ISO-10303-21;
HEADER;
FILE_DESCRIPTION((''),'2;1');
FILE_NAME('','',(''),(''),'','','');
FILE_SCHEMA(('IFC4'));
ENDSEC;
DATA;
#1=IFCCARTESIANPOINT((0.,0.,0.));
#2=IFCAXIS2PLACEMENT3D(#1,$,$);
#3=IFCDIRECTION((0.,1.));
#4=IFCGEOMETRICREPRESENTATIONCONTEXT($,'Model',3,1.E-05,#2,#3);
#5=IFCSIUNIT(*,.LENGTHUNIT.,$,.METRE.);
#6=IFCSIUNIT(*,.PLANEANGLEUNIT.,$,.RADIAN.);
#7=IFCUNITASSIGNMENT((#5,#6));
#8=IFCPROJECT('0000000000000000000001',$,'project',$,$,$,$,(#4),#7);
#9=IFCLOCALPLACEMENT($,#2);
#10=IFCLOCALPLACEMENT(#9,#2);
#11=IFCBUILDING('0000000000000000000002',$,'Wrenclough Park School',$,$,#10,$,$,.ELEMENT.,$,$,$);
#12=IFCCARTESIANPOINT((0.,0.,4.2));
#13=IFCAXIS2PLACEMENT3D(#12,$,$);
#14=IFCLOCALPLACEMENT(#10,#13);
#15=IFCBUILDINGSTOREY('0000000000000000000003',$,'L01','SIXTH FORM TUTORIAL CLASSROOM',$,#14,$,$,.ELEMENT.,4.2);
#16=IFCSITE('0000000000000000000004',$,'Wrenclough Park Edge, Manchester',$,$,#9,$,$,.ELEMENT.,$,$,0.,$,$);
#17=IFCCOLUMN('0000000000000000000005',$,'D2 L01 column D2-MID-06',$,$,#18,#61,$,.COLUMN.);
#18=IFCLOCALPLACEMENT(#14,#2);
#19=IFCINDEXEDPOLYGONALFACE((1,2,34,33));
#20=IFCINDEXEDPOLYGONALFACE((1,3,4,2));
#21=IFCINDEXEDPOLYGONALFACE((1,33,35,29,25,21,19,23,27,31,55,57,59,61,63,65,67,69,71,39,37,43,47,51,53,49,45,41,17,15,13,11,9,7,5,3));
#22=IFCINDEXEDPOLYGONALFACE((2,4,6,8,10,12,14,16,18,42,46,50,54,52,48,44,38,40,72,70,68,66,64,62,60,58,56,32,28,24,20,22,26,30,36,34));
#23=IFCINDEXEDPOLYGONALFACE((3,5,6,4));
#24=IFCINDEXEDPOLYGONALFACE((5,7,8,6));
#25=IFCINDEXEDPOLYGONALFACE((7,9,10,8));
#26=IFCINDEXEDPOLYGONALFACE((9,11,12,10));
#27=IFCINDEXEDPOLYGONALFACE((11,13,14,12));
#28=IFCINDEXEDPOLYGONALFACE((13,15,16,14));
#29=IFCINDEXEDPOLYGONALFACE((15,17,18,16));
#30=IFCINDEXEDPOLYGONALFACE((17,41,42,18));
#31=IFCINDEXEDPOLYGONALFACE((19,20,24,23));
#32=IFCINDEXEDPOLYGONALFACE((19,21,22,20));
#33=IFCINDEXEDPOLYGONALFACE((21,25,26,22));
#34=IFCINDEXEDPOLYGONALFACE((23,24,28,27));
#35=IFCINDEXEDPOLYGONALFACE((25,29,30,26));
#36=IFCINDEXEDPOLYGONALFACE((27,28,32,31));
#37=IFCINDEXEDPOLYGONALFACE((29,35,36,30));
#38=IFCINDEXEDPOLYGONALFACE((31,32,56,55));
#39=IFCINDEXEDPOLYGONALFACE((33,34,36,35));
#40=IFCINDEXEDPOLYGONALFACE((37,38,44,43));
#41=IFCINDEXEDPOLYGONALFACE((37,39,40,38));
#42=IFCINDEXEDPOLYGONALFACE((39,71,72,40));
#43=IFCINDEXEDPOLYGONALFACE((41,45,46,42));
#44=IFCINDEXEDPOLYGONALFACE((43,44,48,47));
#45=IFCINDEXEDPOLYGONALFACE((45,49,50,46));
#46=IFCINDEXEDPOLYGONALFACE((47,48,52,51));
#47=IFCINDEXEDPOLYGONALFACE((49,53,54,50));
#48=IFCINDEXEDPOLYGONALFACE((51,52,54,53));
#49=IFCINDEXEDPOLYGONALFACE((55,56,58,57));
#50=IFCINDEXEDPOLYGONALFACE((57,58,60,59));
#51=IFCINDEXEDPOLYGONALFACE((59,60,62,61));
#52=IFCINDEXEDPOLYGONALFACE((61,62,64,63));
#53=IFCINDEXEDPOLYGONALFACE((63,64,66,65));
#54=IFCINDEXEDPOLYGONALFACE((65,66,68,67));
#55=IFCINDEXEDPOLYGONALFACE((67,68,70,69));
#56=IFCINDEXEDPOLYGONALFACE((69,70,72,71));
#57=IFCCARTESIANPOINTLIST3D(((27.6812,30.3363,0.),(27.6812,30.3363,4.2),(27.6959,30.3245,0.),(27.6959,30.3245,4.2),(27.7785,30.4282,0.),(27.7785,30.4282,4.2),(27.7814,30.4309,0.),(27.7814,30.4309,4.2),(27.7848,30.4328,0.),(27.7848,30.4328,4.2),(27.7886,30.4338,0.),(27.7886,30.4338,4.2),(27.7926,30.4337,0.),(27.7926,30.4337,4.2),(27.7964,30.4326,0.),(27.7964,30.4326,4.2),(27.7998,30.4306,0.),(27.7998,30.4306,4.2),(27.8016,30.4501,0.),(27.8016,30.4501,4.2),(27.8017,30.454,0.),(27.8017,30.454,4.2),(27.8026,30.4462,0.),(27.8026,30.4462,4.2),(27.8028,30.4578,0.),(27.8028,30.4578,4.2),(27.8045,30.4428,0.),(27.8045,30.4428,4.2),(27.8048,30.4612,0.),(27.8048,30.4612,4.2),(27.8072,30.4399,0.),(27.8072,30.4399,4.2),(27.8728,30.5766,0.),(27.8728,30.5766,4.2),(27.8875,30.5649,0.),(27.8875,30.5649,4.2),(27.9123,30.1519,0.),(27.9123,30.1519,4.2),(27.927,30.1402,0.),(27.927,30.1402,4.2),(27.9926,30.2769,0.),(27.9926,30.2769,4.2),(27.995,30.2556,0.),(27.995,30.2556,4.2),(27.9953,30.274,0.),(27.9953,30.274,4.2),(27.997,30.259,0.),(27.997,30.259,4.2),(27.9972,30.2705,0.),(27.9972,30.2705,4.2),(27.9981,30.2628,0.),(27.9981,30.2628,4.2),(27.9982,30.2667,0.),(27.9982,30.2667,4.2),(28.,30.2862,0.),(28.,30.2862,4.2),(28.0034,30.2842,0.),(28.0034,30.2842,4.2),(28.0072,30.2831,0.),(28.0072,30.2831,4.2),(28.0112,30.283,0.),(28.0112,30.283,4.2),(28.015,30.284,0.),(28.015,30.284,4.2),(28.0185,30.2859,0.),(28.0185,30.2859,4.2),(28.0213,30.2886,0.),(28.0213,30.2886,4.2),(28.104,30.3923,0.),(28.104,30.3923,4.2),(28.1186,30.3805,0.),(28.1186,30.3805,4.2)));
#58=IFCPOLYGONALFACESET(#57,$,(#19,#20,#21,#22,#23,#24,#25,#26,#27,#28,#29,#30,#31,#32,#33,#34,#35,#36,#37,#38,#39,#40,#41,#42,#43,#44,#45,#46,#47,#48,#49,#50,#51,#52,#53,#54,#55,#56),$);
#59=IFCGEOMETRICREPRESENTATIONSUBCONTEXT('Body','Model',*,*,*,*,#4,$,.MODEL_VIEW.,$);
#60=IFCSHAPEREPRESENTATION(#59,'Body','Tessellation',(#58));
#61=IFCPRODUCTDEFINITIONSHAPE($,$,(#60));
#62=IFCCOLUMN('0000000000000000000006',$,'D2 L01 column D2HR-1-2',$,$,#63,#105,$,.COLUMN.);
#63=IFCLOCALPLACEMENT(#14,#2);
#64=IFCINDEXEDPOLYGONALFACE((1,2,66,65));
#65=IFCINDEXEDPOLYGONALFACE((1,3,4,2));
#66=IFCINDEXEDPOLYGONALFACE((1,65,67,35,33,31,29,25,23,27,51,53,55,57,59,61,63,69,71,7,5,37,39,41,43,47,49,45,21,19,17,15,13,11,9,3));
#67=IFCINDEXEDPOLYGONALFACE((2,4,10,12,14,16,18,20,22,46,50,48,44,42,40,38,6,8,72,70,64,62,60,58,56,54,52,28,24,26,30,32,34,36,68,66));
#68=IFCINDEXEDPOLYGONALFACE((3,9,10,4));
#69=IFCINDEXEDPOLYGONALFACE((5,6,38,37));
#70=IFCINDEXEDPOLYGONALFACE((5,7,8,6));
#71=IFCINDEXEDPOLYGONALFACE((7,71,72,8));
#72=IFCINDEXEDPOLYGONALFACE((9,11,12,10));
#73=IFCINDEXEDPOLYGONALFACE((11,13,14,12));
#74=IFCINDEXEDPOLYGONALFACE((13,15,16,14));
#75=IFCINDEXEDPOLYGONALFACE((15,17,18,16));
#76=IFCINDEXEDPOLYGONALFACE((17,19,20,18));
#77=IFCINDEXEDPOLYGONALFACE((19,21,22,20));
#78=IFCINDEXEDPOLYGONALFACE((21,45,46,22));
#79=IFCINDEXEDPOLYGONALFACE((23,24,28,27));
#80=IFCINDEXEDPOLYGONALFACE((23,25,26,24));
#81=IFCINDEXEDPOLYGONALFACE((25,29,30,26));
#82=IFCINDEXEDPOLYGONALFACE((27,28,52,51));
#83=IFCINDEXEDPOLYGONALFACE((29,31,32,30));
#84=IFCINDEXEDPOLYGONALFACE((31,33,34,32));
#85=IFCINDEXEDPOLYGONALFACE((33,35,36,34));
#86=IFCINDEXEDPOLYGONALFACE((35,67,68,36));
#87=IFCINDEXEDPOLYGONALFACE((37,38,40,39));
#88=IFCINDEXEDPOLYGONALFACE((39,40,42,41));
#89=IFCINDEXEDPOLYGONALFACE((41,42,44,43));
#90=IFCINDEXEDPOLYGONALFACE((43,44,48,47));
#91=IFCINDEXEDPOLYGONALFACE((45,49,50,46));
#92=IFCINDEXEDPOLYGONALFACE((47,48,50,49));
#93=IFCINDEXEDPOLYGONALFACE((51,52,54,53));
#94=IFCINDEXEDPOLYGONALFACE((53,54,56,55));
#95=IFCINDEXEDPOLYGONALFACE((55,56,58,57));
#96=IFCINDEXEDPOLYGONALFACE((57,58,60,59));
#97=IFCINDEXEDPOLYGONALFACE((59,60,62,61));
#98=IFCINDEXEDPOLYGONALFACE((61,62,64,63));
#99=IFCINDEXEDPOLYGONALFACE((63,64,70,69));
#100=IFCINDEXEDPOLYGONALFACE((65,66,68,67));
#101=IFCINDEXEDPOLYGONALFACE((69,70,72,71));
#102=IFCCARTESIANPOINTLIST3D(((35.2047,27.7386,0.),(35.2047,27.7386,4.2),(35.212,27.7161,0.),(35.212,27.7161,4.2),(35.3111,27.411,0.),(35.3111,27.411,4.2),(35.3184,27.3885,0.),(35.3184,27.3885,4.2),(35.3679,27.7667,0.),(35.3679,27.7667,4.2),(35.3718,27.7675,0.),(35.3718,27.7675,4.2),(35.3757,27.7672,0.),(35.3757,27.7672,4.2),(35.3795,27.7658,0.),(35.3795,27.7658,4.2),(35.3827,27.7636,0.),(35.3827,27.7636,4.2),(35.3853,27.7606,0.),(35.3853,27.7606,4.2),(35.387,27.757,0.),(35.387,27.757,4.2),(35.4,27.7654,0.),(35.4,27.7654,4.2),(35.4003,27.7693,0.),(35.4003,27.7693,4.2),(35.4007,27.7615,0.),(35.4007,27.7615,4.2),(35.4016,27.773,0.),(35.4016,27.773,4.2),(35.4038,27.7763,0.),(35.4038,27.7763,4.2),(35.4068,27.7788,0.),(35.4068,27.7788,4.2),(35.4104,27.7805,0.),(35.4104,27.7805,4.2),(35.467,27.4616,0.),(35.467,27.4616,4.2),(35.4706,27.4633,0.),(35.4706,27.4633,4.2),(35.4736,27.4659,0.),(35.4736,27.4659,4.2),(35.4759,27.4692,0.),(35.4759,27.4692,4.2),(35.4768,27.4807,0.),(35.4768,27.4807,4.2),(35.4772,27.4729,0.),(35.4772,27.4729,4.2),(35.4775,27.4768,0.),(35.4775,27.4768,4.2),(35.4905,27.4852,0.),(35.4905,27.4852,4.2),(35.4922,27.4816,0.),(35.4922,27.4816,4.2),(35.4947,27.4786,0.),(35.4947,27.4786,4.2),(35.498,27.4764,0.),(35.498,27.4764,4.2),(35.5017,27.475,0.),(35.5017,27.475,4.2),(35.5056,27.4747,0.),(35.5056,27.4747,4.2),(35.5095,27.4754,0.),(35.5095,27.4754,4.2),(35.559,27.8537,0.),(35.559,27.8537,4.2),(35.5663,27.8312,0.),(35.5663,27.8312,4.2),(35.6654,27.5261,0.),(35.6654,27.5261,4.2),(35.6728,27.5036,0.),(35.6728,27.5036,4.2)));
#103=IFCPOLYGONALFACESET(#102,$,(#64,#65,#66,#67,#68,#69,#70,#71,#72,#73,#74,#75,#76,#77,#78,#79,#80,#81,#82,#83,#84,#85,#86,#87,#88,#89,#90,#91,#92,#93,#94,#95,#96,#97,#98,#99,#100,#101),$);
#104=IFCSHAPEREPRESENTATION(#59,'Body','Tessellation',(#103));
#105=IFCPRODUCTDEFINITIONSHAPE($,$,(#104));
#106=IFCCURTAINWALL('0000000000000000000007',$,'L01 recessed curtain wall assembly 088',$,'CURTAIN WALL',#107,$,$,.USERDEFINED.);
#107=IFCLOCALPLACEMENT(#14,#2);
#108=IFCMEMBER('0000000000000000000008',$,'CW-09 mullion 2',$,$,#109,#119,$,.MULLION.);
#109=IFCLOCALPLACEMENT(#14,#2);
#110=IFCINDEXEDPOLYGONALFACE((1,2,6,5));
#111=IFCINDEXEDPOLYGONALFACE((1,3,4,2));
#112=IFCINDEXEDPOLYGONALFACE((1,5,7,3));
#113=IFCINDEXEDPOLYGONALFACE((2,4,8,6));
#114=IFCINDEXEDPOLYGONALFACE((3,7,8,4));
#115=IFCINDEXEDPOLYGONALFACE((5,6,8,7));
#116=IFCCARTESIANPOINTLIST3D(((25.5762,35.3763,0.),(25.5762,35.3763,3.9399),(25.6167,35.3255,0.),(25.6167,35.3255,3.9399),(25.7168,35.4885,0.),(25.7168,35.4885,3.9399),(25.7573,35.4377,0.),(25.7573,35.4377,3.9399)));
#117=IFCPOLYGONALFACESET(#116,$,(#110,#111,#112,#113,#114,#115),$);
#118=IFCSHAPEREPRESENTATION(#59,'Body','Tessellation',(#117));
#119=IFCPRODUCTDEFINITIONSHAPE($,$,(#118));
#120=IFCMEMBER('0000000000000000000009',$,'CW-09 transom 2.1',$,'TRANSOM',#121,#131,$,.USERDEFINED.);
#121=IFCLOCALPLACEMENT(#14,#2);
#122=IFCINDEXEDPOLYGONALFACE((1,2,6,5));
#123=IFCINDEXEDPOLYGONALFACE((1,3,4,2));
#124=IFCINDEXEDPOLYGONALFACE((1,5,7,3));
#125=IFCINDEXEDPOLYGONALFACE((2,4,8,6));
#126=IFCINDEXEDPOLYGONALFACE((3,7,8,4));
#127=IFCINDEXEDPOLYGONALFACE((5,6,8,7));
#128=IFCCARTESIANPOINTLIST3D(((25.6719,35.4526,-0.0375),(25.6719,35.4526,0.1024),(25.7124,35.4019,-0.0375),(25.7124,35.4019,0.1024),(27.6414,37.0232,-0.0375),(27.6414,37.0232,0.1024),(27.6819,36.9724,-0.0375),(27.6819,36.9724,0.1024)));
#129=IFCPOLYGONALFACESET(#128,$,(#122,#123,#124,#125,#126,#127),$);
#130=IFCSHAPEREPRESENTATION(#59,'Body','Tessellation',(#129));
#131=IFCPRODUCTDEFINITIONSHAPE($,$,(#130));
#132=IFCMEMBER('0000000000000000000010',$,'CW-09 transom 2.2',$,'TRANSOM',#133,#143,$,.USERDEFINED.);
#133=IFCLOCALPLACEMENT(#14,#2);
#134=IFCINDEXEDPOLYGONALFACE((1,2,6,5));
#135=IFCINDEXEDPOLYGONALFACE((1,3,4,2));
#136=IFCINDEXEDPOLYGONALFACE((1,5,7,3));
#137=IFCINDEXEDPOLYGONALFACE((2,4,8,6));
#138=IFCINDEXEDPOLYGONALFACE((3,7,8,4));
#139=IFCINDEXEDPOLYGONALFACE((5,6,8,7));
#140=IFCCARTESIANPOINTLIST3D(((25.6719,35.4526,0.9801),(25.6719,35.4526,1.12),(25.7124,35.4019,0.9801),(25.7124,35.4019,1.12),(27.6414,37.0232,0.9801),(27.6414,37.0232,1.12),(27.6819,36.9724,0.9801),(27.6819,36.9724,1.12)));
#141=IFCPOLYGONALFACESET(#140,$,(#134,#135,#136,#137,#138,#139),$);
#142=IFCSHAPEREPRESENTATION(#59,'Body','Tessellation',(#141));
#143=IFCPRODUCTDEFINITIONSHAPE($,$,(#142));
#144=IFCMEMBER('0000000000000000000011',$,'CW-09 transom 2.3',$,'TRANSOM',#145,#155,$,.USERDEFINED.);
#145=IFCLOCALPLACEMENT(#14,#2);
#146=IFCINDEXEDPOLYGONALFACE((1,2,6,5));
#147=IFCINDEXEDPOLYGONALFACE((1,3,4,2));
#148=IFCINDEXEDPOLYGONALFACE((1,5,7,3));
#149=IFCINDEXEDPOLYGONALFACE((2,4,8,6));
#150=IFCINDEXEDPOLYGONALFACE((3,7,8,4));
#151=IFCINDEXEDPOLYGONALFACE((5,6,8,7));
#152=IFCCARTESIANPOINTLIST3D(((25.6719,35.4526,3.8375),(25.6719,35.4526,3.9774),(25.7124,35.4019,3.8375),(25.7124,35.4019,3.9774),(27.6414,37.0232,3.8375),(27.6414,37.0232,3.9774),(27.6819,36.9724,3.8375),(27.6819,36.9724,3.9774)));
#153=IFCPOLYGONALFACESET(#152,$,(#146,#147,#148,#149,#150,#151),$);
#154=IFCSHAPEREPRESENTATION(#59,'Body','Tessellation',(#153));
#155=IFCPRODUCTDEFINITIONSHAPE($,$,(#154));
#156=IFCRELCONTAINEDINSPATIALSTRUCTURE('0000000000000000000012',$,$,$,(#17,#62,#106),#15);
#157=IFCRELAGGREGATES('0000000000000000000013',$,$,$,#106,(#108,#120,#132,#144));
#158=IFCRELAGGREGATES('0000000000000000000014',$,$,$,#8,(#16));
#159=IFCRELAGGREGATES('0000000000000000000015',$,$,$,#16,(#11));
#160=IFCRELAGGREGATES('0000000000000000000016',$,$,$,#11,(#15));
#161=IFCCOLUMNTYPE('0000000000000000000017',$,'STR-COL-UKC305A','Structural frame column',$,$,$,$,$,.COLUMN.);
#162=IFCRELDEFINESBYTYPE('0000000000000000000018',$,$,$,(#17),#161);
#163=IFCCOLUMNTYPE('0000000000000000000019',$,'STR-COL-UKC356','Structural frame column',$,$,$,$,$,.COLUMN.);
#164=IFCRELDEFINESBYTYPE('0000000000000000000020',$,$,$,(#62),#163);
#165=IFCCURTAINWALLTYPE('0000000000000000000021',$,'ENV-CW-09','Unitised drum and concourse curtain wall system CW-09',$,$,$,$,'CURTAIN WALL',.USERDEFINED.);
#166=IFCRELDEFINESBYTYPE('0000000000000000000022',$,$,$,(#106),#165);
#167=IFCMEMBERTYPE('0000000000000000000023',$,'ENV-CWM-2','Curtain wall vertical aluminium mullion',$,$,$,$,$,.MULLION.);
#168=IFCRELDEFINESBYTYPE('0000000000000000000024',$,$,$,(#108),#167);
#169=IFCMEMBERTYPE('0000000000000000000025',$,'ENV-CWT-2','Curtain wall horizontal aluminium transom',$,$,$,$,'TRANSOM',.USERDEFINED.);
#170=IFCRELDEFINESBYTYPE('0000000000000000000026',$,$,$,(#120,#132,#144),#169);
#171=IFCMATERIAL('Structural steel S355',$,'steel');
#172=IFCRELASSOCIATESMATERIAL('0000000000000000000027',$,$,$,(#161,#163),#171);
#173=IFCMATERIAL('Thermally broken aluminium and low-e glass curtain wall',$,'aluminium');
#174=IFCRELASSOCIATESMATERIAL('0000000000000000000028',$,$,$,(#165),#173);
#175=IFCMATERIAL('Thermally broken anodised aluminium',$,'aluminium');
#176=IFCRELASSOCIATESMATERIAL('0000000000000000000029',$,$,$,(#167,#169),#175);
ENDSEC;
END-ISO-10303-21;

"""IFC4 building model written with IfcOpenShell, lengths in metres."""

from ifc_helpers import new_model, si_unit, direction, frame, origin, origin_2d, place, context, subcontext, project, spatial, rectangle, i_section, extrude, material, material_profile, profile_set, type_object, element, aggregate, save


model = new_model("IFC4")

# Units and contexts
model_context = context("Model", 3, precision=1e-05, world=origin(), true_north=direction((0.0, 1.0)))
body_context = subcontext(model_context, "Body", "Model", "MODEL_VIEW")
ifc_project = project(units=[si_unit("LENGTHUNIT", "METRE"), si_unit("PLANEANGLEUNIT", "RADIAN")], contexts=[model_context])

# Site, building, storey
site_placement = place(None, origin())
site = spatial("IfcSite", under=ifc_project, at=site_placement, Name="Wrenclough Park Edge, Manchester", CompositionType="ELEMENT", RefElevation=0.0)
building_placement = place(site_placement, origin())
building = spatial("IfcBuilding", under=site, at=building_placement, Name="Wrenclough Park School", CompositionType="ELEMENT")
storey_placement = place(building_placement, frame((0.0, 0.0, 4.2)))
storey = spatial("IfcBuildingStorey", under=building, at=storey_placement, Name="L01", Description="SIXTH FORM TUTORIAL CLASSROOM", CompositionType="ELEMENT", Elevation=4.2)

# Columns
ifc_material_1 = material(Name="Structural steel S355", Category="steel")
ifc_material_profile_1 = material_profile(ifc_material_1, i_section(OverallWidth=0.3074, OverallDepth=0.3145, WebThickness=0.012, FlangeThickness=0.0188, FilletRadius=0.0151, at=origin_2d()), Name="UKC 305x305x118")
ifc_profile_set_1 = profile_set([ifc_material_profile_1], Name="Structural steel S355")
column_type_1 = type_object("IfcColumnType", Name="STR-COL-UKC305A", Description="Structural frame column", PredefinedType="COLUMN", material=ifc_profile_set_1)
column_1_placement = place(storey_placement, frame((27.8999, 30.3584, 0.0), z_axis=(0.0, 0.0, 1.0), x_axis=(-0.62347, -0.781847, 0.0)))
element("IfcColumn", 1, at=column_1_placement, inside=storey, type_object=column_type_1, Name="D2 L01 column D2-MID-06", PredefinedType="COLUMN", context=body_context, shape_type="SweptSolid", body=[
    extrude(i_section(OverallWidth=0.3074, OverallDepth=0.3145, WebThickness=0.012, FlangeThickness=0.0188, FilletRadius=0.0151, at=origin_2d()), origin(), (0.0, 0.0, 1.0), 4.2),
])
ifc_material_profile_2 = material_profile(ifc_material_1, i_section(OverallWidth=0.3726, OverallDepth=0.3682, WebThickness=0.0144, FlangeThickness=0.0237, FilletRadius=0.0151, at=origin_2d()), Name="UKC 356x368x177")
ifc_profile_set_2 = profile_set([ifc_material_profile_2], Name="Structural steel S355")
column_type_2 = type_object("IfcColumnType", Name="STR-COL-UKC356", Description="Structural frame column", PredefinedType="COLUMN", material=ifc_profile_set_2)
column_2_placement = place(storey_placement, frame((35.4387, 27.6211, 0.0), z_axis=(0.0, 0.0, 1.0), x_axis=(0.951057, 0.309017, 0.0)))
element("IfcColumn", 2, at=column_2_placement, inside=storey, type_object=column_type_2, Name="D2 L01 column D2HR-1-2", PredefinedType="COLUMN", context=body_context, shape_type="SweptSolid", body=[
    extrude(i_section(OverallWidth=0.3726, OverallDepth=0.3682, WebThickness=0.0144, FlangeThickness=0.0237, FilletRadius=0.0151, at=origin_2d()), origin(), (0.0, 0.0, 1.0), 4.2),
])

# Curtain wall, members
ifc_material_2 = material(Name="Thermally broken aluminium and low-e glass curtain wall", Category="aluminium")
curtain_wall_type = type_object("IfcCurtainWallType", Name="ENV-CW-09", Description="Unitised drum and concourse curtain wall system CW-09", ElementType="CURTAIN WALL", PredefinedType="USERDEFINED", material=ifc_material_2)
curtain_wall_placement = place(storey_placement, origin())
curtain_wall = element("IfcCurtainWall", 3, at=curtain_wall_placement, inside=storey, type_object=curtain_wall_type, Name="L01 recessed curtain wall assembly 088", ObjectType="CURTAIN WALL", PredefinedType="USERDEFINED")
ifc_material_3 = material(Name="Thermally broken anodised aluminium", Category="aluminium")
ifc_material_profile_3 = material_profile(ifc_material_3, rectangle(XDim=0.0649, YDim=0.1799, at=origin_2d()), Name="AL MULLION 65x180")
ifc_profile_set_3 = profile_set([ifc_material_profile_3], Name="Thermally broken anodised aluminium")
member_type_1 = type_object("IfcMemberType", Name="ENV-CWM-2", Description="Curtain wall vertical aluminium mullion", PredefinedType="MULLION", material=ifc_profile_set_3)
member_1_placement = place(storey_placement, frame((25.6667, 35.407, 0.0), z_axis=(0.0, 0.0, 1.0), x_axis=(-0.623468, 0.781848, 0.0)))
member_1 = element("IfcMember", 4, at=member_1_placement, type_object=member_type_1, Name="CW-09 mullion 2", PredefinedType="MULLION", context=body_context, shape_type="SweptSolid", body=[
    extrude(rectangle(XDim=0.0649, YDim=0.1799, at=origin_2d()), origin(), (0.0, 0.0, 1.0), 3.9399),
])
ifc_material_profile_4 = material_profile(ifc_material_3, rectangle(XDim=0.0649, YDim=0.1399, at=origin_2d()), Name="AL TRANSOM 65x140")
ifc_profile_set_4 = profile_set([ifc_material_profile_4], Name="Thermally broken anodised aluminium")
member_type_2 = type_object("IfcMemberType", Name="ENV-CWT-2", Description="Curtain wall horizontal aluminium transom", ElementType="TRANSOM", PredefinedType="USERDEFINED", material=ifc_profile_set_4)
member_2_placement = place(storey_placement, frame((25.6921, 35.4272, 0.0325), z_axis=(0.781842, 0.623477, 0.0), x_axis=(-0.623477, 0.781842, 0.0)))
member_2 = element("IfcMember", 5, at=member_2_placement, type_object=member_type_2, Name="CW-09 transom 2.1", ObjectType="TRANSOM", PredefinedType="USERDEFINED", context=body_context, shape_type="SweptSolid", body=[
    extrude(rectangle(XDim=0.0649, YDim=0.1399, at=origin_2d()), origin(), (0.0, 0.0, 1.0), 2.519),
])
member_3_placement = place(storey_placement, frame((25.6921, 35.4272, 1.05), z_axis=(0.781842, 0.623477, 0.0), x_axis=(-0.623477, 0.781842, 0.0)))
member_3 = element("IfcMember", 6, at=member_3_placement, type_object=member_type_2, Name="CW-09 transom 2.2", ObjectType="TRANSOM", PredefinedType="USERDEFINED", context=body_context, shape_type="SweptSolid", body=[
    extrude(rectangle(XDim=0.0649, YDim=0.1399, at=origin_2d()), origin(), (0.0, 0.0, 1.0), 2.519),
])
member_4_placement = place(storey_placement, frame((25.6921, 35.4272, 3.9075), z_axis=(0.781842, 0.623477, 0.0), x_axis=(-0.623477, 0.781842, 0.0)))
member_4 = element("IfcMember", 7, at=member_4_placement, type_object=member_type_2, Name="CW-09 transom 2.3", ObjectType="TRANSOM", PredefinedType="USERDEFINED", context=body_context, shape_type="SweptSolid", body=[
    extrude(rectangle(XDim=0.0649, YDim=0.1399, at=origin_2d()), origin(), (0.0, 0.0, 1.0), 2.519),
])

aggregate(curtain_wall, [member_1, member_2, member_3, member_4])

save(model, "model.ifc")
